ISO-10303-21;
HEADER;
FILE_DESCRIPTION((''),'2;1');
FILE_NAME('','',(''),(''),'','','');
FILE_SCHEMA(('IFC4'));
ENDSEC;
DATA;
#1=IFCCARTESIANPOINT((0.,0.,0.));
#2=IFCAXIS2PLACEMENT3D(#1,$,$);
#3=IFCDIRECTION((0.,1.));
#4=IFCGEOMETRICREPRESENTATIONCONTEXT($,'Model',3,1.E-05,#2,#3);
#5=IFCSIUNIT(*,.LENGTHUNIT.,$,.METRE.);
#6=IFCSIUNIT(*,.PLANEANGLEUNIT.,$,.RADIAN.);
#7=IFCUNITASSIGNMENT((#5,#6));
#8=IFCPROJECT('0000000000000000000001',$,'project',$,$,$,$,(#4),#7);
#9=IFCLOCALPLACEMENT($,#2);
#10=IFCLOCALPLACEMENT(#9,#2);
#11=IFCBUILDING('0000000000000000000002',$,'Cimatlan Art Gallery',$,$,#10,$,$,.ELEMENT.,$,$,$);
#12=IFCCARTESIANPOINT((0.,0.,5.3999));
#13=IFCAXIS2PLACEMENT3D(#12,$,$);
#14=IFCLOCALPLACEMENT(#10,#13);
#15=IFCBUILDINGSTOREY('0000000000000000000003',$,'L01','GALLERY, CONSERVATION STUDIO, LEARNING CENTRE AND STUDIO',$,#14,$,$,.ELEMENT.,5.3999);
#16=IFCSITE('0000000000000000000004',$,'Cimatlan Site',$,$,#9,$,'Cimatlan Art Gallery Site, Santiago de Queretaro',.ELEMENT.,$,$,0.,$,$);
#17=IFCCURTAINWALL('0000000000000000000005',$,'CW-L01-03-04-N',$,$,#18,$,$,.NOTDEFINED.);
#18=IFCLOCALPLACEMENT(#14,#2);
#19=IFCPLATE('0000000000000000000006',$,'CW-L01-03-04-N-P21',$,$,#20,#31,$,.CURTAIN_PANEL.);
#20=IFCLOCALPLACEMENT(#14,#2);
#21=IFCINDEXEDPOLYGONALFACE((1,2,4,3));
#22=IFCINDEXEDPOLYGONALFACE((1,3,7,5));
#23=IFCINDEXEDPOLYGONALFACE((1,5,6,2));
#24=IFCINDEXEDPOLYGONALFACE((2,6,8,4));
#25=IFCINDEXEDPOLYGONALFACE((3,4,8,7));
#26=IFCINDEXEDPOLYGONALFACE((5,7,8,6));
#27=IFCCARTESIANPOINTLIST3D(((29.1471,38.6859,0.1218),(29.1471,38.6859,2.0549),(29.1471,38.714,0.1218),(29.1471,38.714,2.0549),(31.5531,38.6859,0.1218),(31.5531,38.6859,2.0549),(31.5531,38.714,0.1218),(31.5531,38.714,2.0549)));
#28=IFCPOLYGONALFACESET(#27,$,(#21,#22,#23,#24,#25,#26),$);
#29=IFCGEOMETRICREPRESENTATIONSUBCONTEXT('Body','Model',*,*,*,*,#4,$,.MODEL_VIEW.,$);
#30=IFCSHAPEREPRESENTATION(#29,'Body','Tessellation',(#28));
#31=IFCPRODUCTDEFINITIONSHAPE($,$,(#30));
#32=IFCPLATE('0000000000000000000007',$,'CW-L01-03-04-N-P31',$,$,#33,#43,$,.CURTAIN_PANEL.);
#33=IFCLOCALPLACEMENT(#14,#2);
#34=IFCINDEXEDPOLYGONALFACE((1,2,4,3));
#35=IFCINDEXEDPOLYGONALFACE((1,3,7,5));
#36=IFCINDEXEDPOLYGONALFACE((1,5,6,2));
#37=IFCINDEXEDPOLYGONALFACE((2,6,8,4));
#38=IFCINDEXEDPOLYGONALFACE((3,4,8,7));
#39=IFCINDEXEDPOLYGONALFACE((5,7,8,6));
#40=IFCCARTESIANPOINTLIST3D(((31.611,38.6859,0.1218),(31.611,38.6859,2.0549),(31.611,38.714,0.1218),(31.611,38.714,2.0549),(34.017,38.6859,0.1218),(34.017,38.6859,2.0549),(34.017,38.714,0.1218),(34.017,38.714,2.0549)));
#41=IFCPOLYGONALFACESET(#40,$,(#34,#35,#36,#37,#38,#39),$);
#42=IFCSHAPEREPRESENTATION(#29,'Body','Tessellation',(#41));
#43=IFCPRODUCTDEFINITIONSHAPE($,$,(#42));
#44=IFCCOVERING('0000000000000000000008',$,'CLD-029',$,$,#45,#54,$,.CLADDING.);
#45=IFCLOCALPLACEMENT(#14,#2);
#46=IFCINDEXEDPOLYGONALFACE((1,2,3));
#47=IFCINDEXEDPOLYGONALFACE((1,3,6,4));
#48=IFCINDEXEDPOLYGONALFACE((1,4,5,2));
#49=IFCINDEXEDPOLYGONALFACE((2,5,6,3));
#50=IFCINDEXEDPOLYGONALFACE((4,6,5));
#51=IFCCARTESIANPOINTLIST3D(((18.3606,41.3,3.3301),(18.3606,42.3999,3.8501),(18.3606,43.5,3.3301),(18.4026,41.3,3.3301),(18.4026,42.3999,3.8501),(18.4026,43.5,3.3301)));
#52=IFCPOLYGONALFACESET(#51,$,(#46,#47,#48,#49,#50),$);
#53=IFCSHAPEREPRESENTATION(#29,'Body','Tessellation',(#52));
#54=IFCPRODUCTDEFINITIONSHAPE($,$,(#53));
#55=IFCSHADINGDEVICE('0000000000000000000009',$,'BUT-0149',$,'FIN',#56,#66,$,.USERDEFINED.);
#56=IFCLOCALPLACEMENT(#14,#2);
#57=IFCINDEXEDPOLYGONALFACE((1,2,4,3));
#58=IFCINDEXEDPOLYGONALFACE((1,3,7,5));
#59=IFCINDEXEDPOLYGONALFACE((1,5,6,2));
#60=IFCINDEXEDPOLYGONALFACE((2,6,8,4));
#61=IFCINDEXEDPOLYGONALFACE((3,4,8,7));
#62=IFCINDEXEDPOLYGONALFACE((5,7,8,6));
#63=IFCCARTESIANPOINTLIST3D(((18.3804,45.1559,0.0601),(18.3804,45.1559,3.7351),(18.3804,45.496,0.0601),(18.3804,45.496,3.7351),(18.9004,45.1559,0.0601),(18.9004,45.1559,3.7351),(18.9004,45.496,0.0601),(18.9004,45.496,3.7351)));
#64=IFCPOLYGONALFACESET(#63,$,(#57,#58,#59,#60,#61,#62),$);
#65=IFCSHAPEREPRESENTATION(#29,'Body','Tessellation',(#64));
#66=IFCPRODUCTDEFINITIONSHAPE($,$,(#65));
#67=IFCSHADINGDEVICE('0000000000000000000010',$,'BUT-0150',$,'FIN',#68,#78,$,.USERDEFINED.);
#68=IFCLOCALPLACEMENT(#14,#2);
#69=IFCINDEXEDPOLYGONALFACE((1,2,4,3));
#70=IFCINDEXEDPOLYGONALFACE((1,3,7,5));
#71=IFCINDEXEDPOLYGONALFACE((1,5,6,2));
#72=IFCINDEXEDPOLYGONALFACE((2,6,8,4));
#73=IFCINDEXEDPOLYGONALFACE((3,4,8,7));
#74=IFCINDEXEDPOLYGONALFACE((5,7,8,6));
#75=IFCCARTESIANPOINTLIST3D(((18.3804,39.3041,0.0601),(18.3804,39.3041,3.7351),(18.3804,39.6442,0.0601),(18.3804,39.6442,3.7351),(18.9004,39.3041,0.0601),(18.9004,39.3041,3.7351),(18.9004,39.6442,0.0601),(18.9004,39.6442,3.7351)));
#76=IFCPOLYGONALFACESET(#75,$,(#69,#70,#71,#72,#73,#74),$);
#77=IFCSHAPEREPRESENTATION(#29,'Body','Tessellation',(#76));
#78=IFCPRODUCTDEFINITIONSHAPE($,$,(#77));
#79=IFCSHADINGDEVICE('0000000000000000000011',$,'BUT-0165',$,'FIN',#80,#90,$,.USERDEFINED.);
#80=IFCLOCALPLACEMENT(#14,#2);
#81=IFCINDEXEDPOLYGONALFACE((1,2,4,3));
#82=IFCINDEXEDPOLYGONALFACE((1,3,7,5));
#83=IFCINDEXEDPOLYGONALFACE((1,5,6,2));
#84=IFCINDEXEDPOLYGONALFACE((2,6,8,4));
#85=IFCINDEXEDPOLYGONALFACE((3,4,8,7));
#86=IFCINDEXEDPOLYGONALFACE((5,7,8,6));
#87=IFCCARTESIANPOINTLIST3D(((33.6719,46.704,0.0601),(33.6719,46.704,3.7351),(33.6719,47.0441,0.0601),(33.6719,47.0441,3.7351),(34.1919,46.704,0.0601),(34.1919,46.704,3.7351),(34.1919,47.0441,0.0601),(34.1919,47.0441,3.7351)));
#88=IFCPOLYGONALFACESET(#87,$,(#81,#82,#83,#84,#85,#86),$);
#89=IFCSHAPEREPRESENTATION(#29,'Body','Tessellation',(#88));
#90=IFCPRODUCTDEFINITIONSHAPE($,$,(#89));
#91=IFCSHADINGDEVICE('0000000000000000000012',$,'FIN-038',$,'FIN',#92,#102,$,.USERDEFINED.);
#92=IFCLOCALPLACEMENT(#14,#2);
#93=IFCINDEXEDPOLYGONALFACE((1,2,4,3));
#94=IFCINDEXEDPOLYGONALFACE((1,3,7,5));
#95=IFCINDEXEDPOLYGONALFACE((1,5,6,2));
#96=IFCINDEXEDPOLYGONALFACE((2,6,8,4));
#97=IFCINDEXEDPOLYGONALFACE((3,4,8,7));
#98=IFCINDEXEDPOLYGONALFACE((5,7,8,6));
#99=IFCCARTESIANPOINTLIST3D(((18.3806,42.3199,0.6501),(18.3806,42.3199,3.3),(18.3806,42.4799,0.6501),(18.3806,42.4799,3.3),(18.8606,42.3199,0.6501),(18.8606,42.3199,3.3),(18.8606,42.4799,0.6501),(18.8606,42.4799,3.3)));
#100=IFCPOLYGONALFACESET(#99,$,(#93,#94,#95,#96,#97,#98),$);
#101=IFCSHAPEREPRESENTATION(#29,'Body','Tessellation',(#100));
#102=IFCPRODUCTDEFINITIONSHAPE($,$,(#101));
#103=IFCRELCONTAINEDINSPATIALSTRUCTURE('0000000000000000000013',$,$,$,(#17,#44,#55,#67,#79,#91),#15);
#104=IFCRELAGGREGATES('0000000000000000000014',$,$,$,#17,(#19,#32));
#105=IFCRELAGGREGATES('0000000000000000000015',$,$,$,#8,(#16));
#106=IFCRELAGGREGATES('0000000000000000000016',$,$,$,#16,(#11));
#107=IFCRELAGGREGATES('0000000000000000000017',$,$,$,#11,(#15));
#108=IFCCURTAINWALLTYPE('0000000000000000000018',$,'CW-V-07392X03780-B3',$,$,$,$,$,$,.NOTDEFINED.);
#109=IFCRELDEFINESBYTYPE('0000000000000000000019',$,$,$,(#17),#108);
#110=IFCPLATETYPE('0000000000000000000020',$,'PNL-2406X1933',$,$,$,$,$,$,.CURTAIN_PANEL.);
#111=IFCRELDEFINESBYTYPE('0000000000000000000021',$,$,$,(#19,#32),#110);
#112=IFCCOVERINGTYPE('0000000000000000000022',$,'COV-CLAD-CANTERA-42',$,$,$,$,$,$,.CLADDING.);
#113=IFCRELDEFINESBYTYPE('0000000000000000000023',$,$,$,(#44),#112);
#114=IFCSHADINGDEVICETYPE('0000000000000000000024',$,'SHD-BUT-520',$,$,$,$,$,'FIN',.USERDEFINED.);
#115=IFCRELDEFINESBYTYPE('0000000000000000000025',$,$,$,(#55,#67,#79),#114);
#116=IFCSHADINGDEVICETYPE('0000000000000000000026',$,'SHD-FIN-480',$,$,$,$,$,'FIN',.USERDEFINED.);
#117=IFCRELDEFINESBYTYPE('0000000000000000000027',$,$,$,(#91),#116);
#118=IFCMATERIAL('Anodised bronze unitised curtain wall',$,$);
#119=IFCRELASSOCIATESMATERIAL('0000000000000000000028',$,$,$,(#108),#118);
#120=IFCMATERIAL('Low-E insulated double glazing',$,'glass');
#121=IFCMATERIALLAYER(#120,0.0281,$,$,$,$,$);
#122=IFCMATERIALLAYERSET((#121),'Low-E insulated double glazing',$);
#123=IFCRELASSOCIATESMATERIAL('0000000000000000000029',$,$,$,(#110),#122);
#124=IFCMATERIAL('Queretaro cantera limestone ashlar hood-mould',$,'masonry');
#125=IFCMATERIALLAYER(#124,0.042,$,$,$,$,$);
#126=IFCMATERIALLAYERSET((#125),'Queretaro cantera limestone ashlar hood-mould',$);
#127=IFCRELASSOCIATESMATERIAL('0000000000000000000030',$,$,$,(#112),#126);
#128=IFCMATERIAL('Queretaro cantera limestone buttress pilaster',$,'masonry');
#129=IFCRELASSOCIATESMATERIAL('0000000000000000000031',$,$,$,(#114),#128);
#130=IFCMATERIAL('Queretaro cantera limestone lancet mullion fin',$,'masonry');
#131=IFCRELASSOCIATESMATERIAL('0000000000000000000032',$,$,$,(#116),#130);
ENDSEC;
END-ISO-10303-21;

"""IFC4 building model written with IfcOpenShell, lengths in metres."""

from ifc_helpers import new_model, si_unit, direction, frame, origin, origin_2d, place, context, subcontext, project, spatial, polyline, rectangle, outline, extrude, material, layer, layer_set, type_object, element, aggregate, save


model = new_model("IFC4")

# Units and contexts
model_context = context("Model", 3, precision=1e-05, world=origin(), true_north=direction((0.0, 1.0)))
body_context = subcontext(model_context, "Body", "Model", "MODEL_VIEW")
ifc_project = project(units=[si_unit("LENGTHUNIT", "METRE"), si_unit("PLANEANGLEUNIT", "RADIAN")], contexts=[model_context])

# Site, building, storey
site_placement = place(None, origin())
site = spatial("IfcSite", under=ifc_project, at=site_placement, Name="Cimatlan Site", LongName="Cimatlan Art Gallery Site, Santiago de Queretaro", CompositionType="ELEMENT", RefElevation=0.0)
building_placement = place(site_placement, origin())
building = spatial("IfcBuilding", under=site, at=building_placement, Name="Cimatlan Art Gallery", CompositionType="ELEMENT")
storey_placement = place(building_placement, frame((0.0, 0.0, 5.3999)))
storey = spatial("IfcBuildingStorey", under=building, at=storey_placement, Name="L01", Description="GALLERY, CONSERVATION STUDIO, LEARNING CENTRE AND STUDIO", CompositionType="ELEMENT", Elevation=5.3999)

# Shared definitions
ifc_material_1 = material(Name="Anodised bronze unitised curtain wall")

# Curtain wall, plates
curtain_wall_type_1 = type_object("IfcCurtainWallType", Name="CW-V-07392X03780-B3", PredefinedType="NOTDEFINED", material=ifc_material_1)
curtain_wall_1_placement = place(storey_placement, origin())
curtain_wall_1 = element("IfcCurtainWall", 1, at=curtain_wall_1_placement, inside=storey, type_object=curtain_wall_type_1, Name="CW-L01-03-04-N", PredefinedType="NOTDEFINED")
ifc_material_2 = material(Name="Low-E insulated double glazing", Category="glass")
ifc_layer_1 = layer(ifc_material_2, 0.0281)
ifc_layer_set_1 = layer_set([ifc_layer_1], Name="Low-E insulated double glazing")
plate_type_1 = type_object("IfcPlateType", Name="PNL-2406X1933", PredefinedType="CURTAIN_PANEL", material=ifc_layer_set_1)
plate_1_placement = place(storey_placement, frame((30.3501, 38.7, 0.1218), z_axis=(0.0, 0.0, 1.0), x_axis=(1.0, 0.0, 0.0)))
plate_1 = element("IfcPlate", 2, at=plate_1_placement, type_object=plate_type_1, Name="CW-L01-03-04-N-P21", PredefinedType="CURTAIN_PANEL", context=body_context, shape_type="SweptSolid", body=[
    extrude(rectangle(XDim=2.406, YDim=0.0281, at=origin_2d()), origin(), (0.0, 0.0, 1.0), 1.9331),
])
plate_2_placement = place(storey_placement, frame((32.814, 38.7, 0.1218), z_axis=(0.0, 0.0, 1.0), x_axis=(1.0, 0.0, 0.0)))
plate_2 = element("IfcPlate", 3, at=plate_2_placement, type_object=plate_type_1, Name="CW-L01-03-04-N-P31", PredefinedType="CURTAIN_PANEL", context=body_context, shape_type="SweptSolid", body=[
    extrude(rectangle(XDim=2.406, YDim=0.0281, at=origin_2d()), origin(), (0.0, 0.0, 1.0), 1.9331),
])
aggregate(curtain_wall_1, [plate_1, plate_2])

# Covering
ifc_material_3 = material(Name="Queretaro cantera limestone ashlar hood-mould", Category="masonry")
ifc_layer_2 = layer(ifc_material_3, 0.042)
ifc_layer_set_2 = layer_set([ifc_layer_2], Name="Queretaro cantera limestone ashlar hood-mould")
covering_type = type_object("IfcCoveringType", Name="COV-CLAD-CANTERA-42", PredefinedType="CLADDING", material=ifc_layer_set_2)
covering_placement = place(storey_placement, frame((18.3606, 43.5, 3.3301), z_axis=(-1.0, 0.0, 0.0), x_axis=(0.0, -1.0, 0.0)))
element("IfcCovering", 4, at=covering_placement, inside=storey, type_object=covering_type, Name="CLD-029", PredefinedType="CLADDING", context=body_context, shape_type="SweptSolid", body=[
    extrude(outline(polyline([(0.0, 0.0), (2.2, 0.0), (1.1001, 0.52), (0.0, 0.0)])), origin(), (0.0, 0.0, -1.0), 0.042),
])

# Shading devices
ifc_material_4 = material(Name="Queretaro cantera limestone buttress pilaster", Category="masonry")
shading_device_type_1 = type_object("IfcShadingDeviceType", Name="SHD-BUT-520", ElementType="FIN", PredefinedType="USERDEFINED", material=ifc_material_4)
for number, where, z_axis, x_axis, name in (
    (5, (18.6404, 45.3259, 0.0601), (0.0, 0.0, 1.0), (0.0, -1.0, 0.0), "BUT-0149"),
    (6, (18.6404, 39.4741, 0.0601), (0.0, 0.0, 1.0), (0.0, -1.0, 0.0), "BUT-0150"),
    (7, (33.9319, 46.874, 0.0601), (0.0, 0.0, 1.0), (0.0, 1.0, 0.0), "BUT-0165"),
):
    element("IfcShadingDevice", number, at=place(storey_placement, frame(where, z_axis=z_axis, x_axis=x_axis)), inside=storey, type_object=shading_device_type_1, Name=name, ObjectType="FIN", PredefinedType="USERDEFINED", context=body_context, shape_type="SweptSolid", body=[
        extrude(rectangle(XDim=0.3401, YDim=0.52, at=origin_2d()), origin(), (0.0, 0.0, 1.0), 3.675),
    ])
ifc_material_5 = material(Name="Queretaro cantera limestone lancet mullion fin", Category="masonry")
shading_device_type_2 = type_object("IfcShadingDeviceType", Name="SHD-FIN-480", ElementType="FIN", PredefinedType="USERDEFINED", material=ifc_material_5)
shading_device_placement = place(storey_placement, frame((18.6206, 42.3999, 0.6501), z_axis=(0.0, 0.0, 1.0), x_axis=(0.0, -1.0, 0.0)))
element("IfcShadingDevice", 8, at=shading_device_placement, inside=storey, type_object=shading_device_type_2, Name="FIN-038", ObjectType="FIN", PredefinedType="USERDEFINED", context=body_context, shape_type="SweptSolid", body=[
    extrude(rectangle(XDim=0.1599, YDim=0.48, at=origin_2d()), origin(), (0.0, 0.0, 1.0), 2.6499),
])

save(model, "model.ifc")
